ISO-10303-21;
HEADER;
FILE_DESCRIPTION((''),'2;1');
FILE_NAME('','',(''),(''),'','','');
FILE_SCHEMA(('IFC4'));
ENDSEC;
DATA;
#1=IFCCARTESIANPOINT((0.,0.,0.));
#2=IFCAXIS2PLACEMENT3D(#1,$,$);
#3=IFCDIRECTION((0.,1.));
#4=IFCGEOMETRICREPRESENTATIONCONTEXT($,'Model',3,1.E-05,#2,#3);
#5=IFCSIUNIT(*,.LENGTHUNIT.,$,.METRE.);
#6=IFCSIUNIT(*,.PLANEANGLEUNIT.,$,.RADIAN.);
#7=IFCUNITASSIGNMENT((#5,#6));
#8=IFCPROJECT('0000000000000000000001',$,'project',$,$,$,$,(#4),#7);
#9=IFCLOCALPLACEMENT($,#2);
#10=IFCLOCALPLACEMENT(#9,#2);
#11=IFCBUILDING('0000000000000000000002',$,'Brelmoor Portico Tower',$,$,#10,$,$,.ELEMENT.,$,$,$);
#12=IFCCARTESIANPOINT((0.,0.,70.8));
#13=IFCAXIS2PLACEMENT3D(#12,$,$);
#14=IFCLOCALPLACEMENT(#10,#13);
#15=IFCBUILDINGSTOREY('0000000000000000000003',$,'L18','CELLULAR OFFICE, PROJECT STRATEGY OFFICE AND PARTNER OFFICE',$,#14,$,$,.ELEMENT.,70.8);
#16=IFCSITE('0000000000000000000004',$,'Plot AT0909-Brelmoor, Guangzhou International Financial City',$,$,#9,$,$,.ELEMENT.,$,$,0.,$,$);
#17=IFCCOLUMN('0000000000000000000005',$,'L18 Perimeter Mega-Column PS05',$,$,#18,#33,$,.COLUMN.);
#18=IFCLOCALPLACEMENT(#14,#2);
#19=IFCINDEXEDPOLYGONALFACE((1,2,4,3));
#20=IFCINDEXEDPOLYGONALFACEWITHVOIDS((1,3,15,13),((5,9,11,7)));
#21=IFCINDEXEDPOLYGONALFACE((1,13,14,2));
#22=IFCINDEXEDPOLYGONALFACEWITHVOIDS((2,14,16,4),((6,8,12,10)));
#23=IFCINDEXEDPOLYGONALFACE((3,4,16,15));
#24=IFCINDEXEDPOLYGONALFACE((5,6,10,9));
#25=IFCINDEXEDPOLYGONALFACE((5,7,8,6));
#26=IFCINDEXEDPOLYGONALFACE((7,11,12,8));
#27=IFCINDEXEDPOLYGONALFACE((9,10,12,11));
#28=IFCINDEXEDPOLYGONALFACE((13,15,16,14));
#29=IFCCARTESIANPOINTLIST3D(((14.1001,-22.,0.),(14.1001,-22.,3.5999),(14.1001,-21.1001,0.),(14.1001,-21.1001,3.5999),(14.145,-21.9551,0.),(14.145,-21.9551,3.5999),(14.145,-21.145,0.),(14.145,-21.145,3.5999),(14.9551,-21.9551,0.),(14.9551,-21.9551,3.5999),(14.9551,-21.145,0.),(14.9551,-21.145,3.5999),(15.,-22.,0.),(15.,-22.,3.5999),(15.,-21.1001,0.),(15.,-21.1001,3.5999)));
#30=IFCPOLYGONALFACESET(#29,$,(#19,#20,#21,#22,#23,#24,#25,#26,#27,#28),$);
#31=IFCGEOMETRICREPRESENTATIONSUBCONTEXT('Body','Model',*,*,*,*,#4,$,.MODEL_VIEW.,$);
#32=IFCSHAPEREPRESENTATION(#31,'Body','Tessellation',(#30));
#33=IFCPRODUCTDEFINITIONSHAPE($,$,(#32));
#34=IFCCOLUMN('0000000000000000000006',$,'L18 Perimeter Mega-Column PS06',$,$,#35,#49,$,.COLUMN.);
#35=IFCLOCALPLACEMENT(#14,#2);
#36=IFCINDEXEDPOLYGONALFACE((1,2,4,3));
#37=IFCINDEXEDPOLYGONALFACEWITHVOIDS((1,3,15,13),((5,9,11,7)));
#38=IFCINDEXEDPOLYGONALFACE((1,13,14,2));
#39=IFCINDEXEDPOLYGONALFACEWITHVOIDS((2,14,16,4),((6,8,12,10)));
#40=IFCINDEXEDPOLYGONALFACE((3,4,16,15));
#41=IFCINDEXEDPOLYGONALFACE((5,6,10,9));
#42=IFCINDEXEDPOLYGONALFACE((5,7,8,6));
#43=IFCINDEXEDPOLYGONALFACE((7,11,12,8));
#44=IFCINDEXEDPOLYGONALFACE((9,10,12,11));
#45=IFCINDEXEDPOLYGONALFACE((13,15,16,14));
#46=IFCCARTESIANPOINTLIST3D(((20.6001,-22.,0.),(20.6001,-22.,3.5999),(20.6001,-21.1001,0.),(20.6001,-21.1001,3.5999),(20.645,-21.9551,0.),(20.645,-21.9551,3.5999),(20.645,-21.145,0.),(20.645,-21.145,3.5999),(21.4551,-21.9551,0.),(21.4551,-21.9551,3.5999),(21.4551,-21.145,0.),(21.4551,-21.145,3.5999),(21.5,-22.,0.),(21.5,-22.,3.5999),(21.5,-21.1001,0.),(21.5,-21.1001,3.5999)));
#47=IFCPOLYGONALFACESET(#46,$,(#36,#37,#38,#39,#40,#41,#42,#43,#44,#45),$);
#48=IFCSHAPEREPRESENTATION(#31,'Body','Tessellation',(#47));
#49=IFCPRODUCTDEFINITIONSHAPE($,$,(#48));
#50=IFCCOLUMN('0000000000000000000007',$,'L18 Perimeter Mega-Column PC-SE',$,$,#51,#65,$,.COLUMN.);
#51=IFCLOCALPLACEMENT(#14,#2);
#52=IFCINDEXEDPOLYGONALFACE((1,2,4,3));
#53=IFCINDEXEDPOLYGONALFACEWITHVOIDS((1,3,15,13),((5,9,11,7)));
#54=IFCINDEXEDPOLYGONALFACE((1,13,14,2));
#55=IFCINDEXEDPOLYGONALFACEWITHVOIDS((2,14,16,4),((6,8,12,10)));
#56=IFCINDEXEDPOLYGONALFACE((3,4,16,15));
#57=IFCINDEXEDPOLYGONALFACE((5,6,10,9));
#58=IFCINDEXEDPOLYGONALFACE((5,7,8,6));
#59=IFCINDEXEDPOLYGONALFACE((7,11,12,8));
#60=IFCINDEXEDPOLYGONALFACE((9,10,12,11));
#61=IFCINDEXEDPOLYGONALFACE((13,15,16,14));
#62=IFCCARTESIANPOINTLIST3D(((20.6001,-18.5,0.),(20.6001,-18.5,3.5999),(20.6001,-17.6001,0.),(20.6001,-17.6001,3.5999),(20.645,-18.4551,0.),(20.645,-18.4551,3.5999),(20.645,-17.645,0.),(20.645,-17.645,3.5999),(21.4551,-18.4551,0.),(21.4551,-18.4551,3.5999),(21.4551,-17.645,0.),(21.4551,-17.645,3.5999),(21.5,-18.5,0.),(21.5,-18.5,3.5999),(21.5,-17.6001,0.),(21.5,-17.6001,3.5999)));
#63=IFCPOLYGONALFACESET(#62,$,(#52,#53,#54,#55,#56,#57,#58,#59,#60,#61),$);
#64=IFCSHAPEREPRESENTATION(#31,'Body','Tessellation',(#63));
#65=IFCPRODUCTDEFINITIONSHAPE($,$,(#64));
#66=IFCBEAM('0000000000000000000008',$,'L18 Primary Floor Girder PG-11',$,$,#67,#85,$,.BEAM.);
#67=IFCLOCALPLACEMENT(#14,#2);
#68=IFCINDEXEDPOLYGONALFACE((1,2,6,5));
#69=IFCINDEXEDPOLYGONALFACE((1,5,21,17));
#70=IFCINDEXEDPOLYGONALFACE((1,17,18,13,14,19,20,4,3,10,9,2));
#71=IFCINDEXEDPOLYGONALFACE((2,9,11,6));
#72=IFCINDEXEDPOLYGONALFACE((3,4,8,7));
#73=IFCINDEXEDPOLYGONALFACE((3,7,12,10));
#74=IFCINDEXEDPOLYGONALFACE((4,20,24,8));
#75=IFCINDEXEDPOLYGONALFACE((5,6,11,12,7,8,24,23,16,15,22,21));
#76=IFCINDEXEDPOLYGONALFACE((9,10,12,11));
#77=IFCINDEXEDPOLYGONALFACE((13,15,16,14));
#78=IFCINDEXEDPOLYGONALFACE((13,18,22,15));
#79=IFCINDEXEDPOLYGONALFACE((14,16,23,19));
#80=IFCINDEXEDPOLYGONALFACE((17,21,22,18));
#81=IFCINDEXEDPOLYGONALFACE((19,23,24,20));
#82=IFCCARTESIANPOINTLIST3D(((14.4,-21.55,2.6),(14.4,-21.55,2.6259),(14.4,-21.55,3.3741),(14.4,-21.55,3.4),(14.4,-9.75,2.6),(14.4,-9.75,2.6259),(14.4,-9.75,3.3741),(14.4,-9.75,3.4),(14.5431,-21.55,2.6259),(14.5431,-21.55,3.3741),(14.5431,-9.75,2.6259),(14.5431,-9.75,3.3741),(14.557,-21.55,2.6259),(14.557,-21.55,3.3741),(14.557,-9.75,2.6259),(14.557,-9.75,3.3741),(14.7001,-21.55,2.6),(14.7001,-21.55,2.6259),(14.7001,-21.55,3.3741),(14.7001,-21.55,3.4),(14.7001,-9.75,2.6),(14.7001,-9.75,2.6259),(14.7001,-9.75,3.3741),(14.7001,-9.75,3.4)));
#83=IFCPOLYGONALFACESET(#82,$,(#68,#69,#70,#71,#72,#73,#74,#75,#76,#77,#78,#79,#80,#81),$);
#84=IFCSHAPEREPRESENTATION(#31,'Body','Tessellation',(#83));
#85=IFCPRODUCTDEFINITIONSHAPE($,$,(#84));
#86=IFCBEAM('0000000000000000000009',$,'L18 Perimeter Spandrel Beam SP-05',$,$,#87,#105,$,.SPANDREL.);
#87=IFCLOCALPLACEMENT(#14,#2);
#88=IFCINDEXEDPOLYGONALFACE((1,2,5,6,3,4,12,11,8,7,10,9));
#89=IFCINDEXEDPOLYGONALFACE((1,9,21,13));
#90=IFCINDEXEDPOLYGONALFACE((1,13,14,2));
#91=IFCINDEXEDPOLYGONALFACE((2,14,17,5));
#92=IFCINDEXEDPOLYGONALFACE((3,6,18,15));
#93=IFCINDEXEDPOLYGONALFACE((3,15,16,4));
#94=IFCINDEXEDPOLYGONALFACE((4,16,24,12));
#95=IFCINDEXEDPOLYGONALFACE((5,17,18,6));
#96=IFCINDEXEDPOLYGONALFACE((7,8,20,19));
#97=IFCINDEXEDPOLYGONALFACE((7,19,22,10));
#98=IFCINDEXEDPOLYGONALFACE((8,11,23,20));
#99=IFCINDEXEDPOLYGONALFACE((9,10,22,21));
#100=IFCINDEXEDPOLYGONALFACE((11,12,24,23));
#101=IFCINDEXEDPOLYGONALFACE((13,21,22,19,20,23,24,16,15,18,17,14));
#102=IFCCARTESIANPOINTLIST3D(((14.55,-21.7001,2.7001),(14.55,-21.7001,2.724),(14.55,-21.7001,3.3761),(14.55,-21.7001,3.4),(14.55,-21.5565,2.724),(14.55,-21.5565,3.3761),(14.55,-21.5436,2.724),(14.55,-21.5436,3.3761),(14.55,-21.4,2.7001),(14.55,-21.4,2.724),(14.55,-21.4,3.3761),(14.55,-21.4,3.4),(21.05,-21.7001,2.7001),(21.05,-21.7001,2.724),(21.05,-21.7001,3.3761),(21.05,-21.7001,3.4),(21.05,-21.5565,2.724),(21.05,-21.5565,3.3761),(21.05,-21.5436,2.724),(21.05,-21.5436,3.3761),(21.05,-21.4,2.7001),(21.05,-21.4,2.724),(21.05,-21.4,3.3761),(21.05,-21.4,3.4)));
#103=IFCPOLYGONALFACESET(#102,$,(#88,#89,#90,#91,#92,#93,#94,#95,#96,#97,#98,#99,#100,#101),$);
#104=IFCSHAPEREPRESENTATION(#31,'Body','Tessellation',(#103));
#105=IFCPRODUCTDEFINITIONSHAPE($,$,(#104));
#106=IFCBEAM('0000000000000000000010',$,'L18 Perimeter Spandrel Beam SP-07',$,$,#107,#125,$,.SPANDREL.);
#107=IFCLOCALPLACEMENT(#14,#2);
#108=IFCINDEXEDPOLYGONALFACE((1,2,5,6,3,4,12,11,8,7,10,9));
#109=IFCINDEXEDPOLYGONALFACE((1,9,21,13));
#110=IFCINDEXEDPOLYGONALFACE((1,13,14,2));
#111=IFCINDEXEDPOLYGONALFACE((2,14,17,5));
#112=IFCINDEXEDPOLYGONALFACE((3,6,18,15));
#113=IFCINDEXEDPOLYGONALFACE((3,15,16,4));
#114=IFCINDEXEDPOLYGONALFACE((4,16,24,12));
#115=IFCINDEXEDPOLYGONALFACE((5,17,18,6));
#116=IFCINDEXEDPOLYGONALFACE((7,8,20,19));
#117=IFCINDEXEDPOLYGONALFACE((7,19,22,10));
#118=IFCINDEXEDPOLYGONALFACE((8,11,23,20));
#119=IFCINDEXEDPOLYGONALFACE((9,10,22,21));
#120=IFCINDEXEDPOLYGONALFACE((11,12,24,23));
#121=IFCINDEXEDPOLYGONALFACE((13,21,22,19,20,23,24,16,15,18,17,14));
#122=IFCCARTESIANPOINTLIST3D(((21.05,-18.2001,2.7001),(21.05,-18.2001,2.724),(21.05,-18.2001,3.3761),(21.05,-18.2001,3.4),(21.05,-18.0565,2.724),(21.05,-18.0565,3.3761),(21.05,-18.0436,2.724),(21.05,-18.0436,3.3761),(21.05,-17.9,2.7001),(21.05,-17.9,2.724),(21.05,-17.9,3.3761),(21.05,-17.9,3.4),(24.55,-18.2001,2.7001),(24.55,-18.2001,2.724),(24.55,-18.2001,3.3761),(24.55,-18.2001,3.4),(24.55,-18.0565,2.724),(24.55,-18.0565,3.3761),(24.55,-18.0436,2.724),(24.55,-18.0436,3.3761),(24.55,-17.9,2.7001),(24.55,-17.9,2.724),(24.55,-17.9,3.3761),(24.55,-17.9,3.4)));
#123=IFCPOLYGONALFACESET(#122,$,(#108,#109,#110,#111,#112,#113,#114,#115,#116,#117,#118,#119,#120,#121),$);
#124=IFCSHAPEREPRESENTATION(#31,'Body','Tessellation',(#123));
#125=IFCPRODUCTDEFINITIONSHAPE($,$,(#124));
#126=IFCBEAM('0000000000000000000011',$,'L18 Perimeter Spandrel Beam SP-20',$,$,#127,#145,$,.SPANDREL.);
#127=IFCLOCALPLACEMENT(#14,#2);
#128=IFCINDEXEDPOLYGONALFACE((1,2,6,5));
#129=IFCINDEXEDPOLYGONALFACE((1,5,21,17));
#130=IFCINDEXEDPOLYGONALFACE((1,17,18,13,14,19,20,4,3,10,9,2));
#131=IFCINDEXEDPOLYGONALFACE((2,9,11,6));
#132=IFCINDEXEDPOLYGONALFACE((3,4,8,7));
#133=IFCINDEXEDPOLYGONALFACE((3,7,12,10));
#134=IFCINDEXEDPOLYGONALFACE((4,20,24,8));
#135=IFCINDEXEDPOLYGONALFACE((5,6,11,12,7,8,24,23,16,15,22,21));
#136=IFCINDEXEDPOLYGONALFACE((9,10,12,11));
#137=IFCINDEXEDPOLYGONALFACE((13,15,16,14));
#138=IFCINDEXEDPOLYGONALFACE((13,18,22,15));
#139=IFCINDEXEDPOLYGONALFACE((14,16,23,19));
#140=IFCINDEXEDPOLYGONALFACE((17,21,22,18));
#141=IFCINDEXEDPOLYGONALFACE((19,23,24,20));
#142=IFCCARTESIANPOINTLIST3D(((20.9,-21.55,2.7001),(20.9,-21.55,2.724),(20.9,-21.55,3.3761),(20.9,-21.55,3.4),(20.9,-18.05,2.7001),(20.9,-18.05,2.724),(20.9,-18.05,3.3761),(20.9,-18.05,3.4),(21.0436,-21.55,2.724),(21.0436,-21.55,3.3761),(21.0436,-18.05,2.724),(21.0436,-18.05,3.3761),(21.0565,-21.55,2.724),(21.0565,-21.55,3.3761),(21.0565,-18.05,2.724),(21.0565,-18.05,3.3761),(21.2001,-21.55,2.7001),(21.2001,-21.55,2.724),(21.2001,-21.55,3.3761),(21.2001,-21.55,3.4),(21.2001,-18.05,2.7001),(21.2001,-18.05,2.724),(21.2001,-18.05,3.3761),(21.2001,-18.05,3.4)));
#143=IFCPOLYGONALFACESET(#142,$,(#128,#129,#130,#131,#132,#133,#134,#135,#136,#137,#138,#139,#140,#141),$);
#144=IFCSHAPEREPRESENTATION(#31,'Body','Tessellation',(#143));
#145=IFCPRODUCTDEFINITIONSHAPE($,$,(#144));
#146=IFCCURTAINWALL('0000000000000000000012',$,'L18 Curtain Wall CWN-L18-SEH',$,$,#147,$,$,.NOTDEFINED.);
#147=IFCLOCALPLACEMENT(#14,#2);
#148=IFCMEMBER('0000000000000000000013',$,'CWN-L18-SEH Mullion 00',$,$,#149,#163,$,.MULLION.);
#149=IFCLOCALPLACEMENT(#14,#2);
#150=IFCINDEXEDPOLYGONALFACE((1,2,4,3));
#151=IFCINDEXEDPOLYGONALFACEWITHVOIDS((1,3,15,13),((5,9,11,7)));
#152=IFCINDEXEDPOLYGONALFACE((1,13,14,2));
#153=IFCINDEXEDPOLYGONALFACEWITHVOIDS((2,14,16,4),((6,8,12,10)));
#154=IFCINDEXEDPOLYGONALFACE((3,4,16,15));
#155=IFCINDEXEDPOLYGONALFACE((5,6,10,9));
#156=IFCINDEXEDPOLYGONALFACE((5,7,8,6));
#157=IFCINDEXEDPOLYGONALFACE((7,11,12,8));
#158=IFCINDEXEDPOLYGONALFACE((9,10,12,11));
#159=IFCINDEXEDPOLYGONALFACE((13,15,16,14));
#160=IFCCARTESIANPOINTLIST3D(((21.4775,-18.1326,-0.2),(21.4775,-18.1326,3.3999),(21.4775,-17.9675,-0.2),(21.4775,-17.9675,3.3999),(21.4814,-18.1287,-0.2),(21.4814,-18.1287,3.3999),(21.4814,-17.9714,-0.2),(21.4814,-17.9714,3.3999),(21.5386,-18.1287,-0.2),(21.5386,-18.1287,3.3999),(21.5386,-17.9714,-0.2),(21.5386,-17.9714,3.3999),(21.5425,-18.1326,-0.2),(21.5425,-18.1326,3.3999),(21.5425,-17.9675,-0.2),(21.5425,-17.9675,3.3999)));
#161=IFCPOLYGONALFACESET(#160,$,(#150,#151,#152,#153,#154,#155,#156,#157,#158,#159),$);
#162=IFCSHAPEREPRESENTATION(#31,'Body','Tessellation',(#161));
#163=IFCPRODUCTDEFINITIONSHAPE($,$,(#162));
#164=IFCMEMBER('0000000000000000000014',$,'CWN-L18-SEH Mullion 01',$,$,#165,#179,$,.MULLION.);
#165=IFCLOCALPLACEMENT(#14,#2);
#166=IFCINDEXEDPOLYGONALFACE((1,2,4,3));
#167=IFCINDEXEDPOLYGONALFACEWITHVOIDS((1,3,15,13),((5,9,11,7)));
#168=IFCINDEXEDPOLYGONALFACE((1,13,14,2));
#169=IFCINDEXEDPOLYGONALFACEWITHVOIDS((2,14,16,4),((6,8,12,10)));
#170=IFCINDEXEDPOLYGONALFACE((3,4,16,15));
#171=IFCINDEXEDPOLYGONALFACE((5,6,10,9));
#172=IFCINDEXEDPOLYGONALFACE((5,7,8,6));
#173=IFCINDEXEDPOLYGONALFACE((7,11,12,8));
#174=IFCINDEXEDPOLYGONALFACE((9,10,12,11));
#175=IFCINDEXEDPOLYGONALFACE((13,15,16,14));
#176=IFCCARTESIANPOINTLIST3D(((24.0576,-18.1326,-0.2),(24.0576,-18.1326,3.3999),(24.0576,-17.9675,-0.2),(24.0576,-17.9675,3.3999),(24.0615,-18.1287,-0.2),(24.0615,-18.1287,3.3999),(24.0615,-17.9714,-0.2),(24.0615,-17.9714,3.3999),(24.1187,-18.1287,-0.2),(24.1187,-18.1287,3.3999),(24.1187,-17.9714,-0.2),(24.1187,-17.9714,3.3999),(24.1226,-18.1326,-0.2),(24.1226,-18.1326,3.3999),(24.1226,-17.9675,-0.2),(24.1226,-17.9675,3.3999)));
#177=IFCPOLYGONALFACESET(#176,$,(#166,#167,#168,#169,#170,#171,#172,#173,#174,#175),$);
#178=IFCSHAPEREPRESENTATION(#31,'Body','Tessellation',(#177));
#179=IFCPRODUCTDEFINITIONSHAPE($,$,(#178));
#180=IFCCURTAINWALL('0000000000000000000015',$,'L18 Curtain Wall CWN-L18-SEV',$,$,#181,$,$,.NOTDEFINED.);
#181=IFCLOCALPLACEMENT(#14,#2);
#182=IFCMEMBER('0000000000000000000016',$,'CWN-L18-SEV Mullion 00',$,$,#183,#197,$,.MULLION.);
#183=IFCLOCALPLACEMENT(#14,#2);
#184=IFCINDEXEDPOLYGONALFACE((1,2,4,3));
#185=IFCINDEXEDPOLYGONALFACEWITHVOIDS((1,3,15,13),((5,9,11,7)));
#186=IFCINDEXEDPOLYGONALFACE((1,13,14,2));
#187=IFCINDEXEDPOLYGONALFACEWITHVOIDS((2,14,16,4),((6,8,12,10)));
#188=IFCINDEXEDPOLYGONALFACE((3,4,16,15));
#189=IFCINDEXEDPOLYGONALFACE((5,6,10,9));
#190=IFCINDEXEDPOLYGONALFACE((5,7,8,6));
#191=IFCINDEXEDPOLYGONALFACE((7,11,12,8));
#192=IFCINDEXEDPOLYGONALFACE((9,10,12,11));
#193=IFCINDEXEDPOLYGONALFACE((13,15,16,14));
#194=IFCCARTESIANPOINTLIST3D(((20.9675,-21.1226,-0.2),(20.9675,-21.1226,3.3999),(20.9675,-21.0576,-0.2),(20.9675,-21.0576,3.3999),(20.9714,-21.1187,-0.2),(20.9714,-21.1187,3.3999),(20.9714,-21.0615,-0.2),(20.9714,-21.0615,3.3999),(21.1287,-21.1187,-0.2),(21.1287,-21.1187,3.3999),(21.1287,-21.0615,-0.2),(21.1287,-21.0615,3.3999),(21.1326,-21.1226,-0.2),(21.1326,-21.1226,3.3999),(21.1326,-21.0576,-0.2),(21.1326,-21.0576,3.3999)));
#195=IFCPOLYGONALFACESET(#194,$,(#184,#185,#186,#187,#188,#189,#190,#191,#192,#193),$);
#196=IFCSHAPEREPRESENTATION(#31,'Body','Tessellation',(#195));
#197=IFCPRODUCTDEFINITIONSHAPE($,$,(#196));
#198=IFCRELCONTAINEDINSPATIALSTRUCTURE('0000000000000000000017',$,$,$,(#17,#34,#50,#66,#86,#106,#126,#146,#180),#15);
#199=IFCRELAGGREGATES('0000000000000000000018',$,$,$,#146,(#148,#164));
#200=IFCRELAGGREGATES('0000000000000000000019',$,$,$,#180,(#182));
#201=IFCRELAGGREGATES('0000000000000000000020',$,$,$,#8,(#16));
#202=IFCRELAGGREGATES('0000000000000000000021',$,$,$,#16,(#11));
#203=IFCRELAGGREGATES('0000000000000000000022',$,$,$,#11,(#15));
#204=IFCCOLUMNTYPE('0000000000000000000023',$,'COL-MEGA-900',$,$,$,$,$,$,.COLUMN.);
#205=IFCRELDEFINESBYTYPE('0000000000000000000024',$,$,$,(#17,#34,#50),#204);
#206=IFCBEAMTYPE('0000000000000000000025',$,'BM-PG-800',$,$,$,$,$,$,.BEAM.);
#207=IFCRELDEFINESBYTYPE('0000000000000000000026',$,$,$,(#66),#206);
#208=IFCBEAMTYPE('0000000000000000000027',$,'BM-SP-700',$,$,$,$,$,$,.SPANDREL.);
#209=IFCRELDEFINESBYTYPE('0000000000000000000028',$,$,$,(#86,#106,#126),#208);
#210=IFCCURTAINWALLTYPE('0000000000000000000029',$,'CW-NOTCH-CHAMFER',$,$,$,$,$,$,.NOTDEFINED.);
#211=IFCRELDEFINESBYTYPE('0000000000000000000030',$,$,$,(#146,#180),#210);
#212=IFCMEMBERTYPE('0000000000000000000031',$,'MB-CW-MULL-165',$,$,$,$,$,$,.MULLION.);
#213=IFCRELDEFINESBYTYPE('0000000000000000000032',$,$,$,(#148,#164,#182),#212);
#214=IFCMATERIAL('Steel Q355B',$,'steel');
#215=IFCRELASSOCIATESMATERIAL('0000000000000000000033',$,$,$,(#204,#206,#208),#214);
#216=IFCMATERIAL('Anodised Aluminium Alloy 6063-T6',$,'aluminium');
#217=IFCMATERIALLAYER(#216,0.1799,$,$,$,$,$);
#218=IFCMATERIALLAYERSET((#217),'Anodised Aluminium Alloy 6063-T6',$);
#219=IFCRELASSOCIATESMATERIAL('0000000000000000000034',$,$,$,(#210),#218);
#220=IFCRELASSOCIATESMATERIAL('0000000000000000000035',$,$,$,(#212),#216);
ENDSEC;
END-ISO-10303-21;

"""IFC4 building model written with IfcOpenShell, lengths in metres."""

from ifc_helpers import new_model, si_unit, direction, frame, origin, origin_2d, place, context, subcontext, project, spatial, hollow_rectangle, i_section, extrude, material, layer, layer_set, material_profile, profile_set, type_object, element, aggregate, save


model = new_model("IFC4")

# Units and contexts
model_context = context("Model", 3, precision=1e-05, world=origin(), true_north=direction((0.0, 1.0)))
body_context = subcontext(model_context, "Body", "Model", "MODEL_VIEW")
ifc_project = project(units=[si_unit("LENGTHUNIT", "METRE"), si_unit("PLANEANGLEUNIT", "RADIAN")], contexts=[model_context])

# Site, building, storey
site_placement = place(None, origin())
site = spatial("IfcSite", under=ifc_project, at=site_placement, Name="Plot AT0909-Brelmoor, Guangzhou International Financial City", CompositionType="ELEMENT", RefElevation=0.0)
building_placement = place(site_placement, origin())
building = spatial("IfcBuilding", under=site, at=building_placement, Name="Brelmoor Portico Tower", CompositionType="ELEMENT")
storey_placement = place(building_placement, frame((0.0, 0.0, 70.8)))
storey = spatial("IfcBuildingStorey", under=building, at=storey_placement, Name="L18", Description="CELLULAR OFFICE, PROJECT STRATEGY OFFICE AND PARTNER OFFICE", CompositionType="ELEMENT", Elevation=70.8)

# Columns
ifc_material_1 = material(Name="Steel Q355B", Category="steel")
ifc_material_profile_1 = material_profile(ifc_material_1, hollow_rectangle(XDim=0.8999, YDim=0.8999, WallThickness=0.0449, at=origin_2d()), Name="BOX 900x900x45")
ifc_profile_set_1 = profile_set([ifc_material_profile_1], Name="Steel Q355B")
column_type = type_object("IfcColumnType", Name="COL-MEGA-900", PredefinedType="COLUMN", material=ifc_profile_set_1)
for number, where, z_axis, x_axis, name in (
    (1, (14.55, -21.55, 0.0), (0.0, 0.0, 1.0), (1.0, 0.0, 0.0), "L18 Perimeter Mega-Column PS05"),
    (2, (21.05, -21.55, 0.0), (0.0, 0.0, 1.0), (1.0, 0.0, 0.0), "L18 Perimeter Mega-Column PS06"),
    (3, (21.05, -18.05, 0.0), (0.0, 0.0, 1.0), (1.0, 0.0, 0.0), "L18 Perimeter Mega-Column PC-SE"),
):
    element("IfcColumn", number, at=place(storey_placement, frame(where, z_axis=z_axis, x_axis=x_axis)), inside=storey, type_object=column_type, Name=name, PredefinedType="COLUMN", context=body_context, shape_type="SweptSolid", body=[
        extrude(hollow_rectangle(XDim=0.8999, YDim=0.8999, WallThickness=0.0449, at=origin_2d()), origin(), (0.0, 0.0, 1.0), 3.5999),
    ])

# Beams
ifc_material_profile_2 = material_profile(ifc_material_1, i_section(OverallWidth=0.3, OverallDepth=0.8, WebThickness=0.0139, FlangeThickness=0.0259, at=origin_2d()), Name="HN 800x300x14x26")
ifc_profile_set_2 = profile_set([ifc_material_profile_2], Name="Steel Q355B")
beam_type_1 = type_object("IfcBeamType", Name="BM-PG-800", PredefinedType="BEAM", material=ifc_profile_set_2)
beam_1_placement = place(storey_placement, frame((14.55, -21.55, 3.0), z_axis=(0.0, 1.0, 0.0), x_axis=(-1.0, 0.0, 0.0)))
element("IfcBeam", 4, at=beam_1_placement, inside=storey, type_object=beam_type_1, Name="L18 Primary Floor Girder PG-11", PredefinedType="BEAM", context=body_context, shape_type="SweptSolid", body=[
    extrude(i_section(OverallWidth=0.3, OverallDepth=0.8, WebThickness=0.0139, FlangeThickness=0.0259, at=origin_2d()), origin(), (0.0, 0.0, 1.0), 11.8),
])
ifc_material_profile_3 = material_profile(ifc_material_1, i_section(OverallWidth=0.3, OverallDepth=0.7, WebThickness=0.0129, FlangeThickness=0.0239, at=origin_2d()), Name="HN 700x300x13x24")
ifc_profile_set_3 = profile_set([ifc_material_profile_3], Name="Steel Q355B")
beam_type_2 = type_object("IfcBeamType", Name="BM-SP-700", PredefinedType="SPANDREL", material=ifc_profile_set_3)
beam_2_placement = place(storey_placement, frame((14.55, -21.55, 3.05), z_axis=(1.0, 0.0, 0.0), x_axis=(0.0, 1.0, 0.0)))
element("IfcBeam", 5, at=beam_2_placement, inside=storey, type_object=beam_type_2, Name="L18 Perimeter Spandrel Beam SP-05", PredefinedType="SPANDREL", context=body_context, shape_type="SweptSolid", body=[
    extrude(i_section(OverallWidth=0.3, OverallDepth=0.7, WebThickness=0.0129, FlangeThickness=0.0239, at=origin_2d()), origin(), (0.0, 0.0, 1.0), 6.5),
])
for number, where, z_axis, x_axis, name in (
    (6, (21.05, -18.05, 3.05), (1.0, 0.0, 0.0), (0.0, 1.0, 0.0), "L18 Perimeter Spandrel Beam SP-07"),
    (7, (21.05, -21.55, 3.05), (0.0, 1.0, 0.0), (-1.0, 0.0, 0.0), "L18 Perimeter Spandrel Beam SP-20"),
):
    element("IfcBeam", number, at=place(storey_placement, frame(where, z_axis=z_axis, x_axis=x_axis)), inside=storey, type_object=beam_type_2, Name=name, PredefinedType="SPANDREL", context=body_context, shape_type="SweptSolid", body=[
        extrude(i_section(OverallWidth=0.3, OverallDepth=0.7, WebThickness=0.0129, FlangeThickness=0.0239, at=origin_2d()), origin(), (0.0, 0.0, 1.0), 3.5),
    ])

# Curtain walls, members
ifc_material_2 = material(Name="Anodised Aluminium Alloy 6063-T6", Category="aluminium")
ifc_layer_1 = layer(ifc_material_2, 0.1799)
ifc_layer_set_1 = layer_set([ifc_layer_1], Name="Anodised Aluminium Alloy 6063-T6")
curtain_wall_type_1 = type_object("IfcCurtainWallType", Name="CW-NOTCH-CHAMFER", PredefinedType="NOTDEFINED", material=ifc_layer_set_1)
curtain_wall_1_placement = place(storey_placement, origin())
curtain_wall_1 = element("IfcCurtainWall", 8, at=curtain_wall_1_placement, inside=storey, type_object=curtain_wall_type_1, Name="L18 Curtain Wall CWN-L18-SEH", PredefinedType="NOTDEFINED")
ifc_material_profile_4 = material_profile(ifc_material_2, hollow_rectangle(XDim=0.0649, YDim=0.165, WallThickness=0.0039, at=origin_2d()), Name="ALU MULLION 65x165")
ifc_profile_set_4 = profile_set([ifc_material_profile_4], Name="Anodised Aluminium Alloy 6063-T6")
member_type_1 = type_object("IfcMemberType", Name="MB-CW-MULL-165", PredefinedType="MULLION", material=ifc_profile_set_4)
member_1_placement = place(storey_placement, frame((21.51, -18.05, -0.2), z_axis=(0.0, 0.0, 1.0), x_axis=(1.0, 0.0, 0.0)))
member_1 = element("IfcMember", 9, at=member_1_placement, type_object=member_type_1, Name="CWN-L18-SEH Mullion 00", PredefinedType="MULLION", context=body_context, shape_type="SweptSolid", body=[
    extrude(hollow_rectangle(XDim=0.0649, YDim=0.165, WallThickness=0.0039, at=origin_2d()), origin(), (0.0, 0.0, 1.0), 3.5999),
])
member_2_placement = place(storey_placement, frame((24.0901, -18.05, -0.2), z_axis=(0.0, 0.0, 1.0), x_axis=(1.0, 0.0, 0.0)))
member_2 = element("IfcMember", 10, at=member_2_placement, type_object=member_type_1, Name="CWN-L18-SEH Mullion 01", PredefinedType="MULLION", context=body_context, shape_type="SweptSolid", body=[
    extrude(hollow_rectangle(XDim=0.0649, YDim=0.165, WallThickness=0.0039, at=origin_2d()), origin(), (0.0, 0.0, 1.0), 3.5999),
])
curtain_wall_2_placement = place(storey_placement, origin())
curtain_wall_2 = element("IfcCurtainWall", 11, at=curtain_wall_2_placement, inside=storey, type_object=curtain_wall_type_1, Name="L18 Curtain Wall CWN-L18-SEV", PredefinedType="NOTDEFINED")
member_3_placement = place(storey_placement, frame((21.05, -21.0901, -0.2), z_axis=(0.0, 0.0, 1.0), x_axis=(0.0, 1.0, 0.0)))
member_3 = element("IfcMember", 12, at=member_3_placement, type_object=member_type_1, Name="CWN-L18-SEV Mullion 00", PredefinedType="MULLION", context=body_context, shape_type="SweptSolid", body=[
    extrude(hollow_rectangle(XDim=0.0649, YDim=0.165, WallThickness=0.0039, at=origin_2d()), origin(), (0.0, 0.0, 1.0), 3.5999),
])

aggregate(curtain_wall_1, [member_1, member_2])
aggregate(curtain_wall_2, [member_3])

save(model, "model.ifc")
